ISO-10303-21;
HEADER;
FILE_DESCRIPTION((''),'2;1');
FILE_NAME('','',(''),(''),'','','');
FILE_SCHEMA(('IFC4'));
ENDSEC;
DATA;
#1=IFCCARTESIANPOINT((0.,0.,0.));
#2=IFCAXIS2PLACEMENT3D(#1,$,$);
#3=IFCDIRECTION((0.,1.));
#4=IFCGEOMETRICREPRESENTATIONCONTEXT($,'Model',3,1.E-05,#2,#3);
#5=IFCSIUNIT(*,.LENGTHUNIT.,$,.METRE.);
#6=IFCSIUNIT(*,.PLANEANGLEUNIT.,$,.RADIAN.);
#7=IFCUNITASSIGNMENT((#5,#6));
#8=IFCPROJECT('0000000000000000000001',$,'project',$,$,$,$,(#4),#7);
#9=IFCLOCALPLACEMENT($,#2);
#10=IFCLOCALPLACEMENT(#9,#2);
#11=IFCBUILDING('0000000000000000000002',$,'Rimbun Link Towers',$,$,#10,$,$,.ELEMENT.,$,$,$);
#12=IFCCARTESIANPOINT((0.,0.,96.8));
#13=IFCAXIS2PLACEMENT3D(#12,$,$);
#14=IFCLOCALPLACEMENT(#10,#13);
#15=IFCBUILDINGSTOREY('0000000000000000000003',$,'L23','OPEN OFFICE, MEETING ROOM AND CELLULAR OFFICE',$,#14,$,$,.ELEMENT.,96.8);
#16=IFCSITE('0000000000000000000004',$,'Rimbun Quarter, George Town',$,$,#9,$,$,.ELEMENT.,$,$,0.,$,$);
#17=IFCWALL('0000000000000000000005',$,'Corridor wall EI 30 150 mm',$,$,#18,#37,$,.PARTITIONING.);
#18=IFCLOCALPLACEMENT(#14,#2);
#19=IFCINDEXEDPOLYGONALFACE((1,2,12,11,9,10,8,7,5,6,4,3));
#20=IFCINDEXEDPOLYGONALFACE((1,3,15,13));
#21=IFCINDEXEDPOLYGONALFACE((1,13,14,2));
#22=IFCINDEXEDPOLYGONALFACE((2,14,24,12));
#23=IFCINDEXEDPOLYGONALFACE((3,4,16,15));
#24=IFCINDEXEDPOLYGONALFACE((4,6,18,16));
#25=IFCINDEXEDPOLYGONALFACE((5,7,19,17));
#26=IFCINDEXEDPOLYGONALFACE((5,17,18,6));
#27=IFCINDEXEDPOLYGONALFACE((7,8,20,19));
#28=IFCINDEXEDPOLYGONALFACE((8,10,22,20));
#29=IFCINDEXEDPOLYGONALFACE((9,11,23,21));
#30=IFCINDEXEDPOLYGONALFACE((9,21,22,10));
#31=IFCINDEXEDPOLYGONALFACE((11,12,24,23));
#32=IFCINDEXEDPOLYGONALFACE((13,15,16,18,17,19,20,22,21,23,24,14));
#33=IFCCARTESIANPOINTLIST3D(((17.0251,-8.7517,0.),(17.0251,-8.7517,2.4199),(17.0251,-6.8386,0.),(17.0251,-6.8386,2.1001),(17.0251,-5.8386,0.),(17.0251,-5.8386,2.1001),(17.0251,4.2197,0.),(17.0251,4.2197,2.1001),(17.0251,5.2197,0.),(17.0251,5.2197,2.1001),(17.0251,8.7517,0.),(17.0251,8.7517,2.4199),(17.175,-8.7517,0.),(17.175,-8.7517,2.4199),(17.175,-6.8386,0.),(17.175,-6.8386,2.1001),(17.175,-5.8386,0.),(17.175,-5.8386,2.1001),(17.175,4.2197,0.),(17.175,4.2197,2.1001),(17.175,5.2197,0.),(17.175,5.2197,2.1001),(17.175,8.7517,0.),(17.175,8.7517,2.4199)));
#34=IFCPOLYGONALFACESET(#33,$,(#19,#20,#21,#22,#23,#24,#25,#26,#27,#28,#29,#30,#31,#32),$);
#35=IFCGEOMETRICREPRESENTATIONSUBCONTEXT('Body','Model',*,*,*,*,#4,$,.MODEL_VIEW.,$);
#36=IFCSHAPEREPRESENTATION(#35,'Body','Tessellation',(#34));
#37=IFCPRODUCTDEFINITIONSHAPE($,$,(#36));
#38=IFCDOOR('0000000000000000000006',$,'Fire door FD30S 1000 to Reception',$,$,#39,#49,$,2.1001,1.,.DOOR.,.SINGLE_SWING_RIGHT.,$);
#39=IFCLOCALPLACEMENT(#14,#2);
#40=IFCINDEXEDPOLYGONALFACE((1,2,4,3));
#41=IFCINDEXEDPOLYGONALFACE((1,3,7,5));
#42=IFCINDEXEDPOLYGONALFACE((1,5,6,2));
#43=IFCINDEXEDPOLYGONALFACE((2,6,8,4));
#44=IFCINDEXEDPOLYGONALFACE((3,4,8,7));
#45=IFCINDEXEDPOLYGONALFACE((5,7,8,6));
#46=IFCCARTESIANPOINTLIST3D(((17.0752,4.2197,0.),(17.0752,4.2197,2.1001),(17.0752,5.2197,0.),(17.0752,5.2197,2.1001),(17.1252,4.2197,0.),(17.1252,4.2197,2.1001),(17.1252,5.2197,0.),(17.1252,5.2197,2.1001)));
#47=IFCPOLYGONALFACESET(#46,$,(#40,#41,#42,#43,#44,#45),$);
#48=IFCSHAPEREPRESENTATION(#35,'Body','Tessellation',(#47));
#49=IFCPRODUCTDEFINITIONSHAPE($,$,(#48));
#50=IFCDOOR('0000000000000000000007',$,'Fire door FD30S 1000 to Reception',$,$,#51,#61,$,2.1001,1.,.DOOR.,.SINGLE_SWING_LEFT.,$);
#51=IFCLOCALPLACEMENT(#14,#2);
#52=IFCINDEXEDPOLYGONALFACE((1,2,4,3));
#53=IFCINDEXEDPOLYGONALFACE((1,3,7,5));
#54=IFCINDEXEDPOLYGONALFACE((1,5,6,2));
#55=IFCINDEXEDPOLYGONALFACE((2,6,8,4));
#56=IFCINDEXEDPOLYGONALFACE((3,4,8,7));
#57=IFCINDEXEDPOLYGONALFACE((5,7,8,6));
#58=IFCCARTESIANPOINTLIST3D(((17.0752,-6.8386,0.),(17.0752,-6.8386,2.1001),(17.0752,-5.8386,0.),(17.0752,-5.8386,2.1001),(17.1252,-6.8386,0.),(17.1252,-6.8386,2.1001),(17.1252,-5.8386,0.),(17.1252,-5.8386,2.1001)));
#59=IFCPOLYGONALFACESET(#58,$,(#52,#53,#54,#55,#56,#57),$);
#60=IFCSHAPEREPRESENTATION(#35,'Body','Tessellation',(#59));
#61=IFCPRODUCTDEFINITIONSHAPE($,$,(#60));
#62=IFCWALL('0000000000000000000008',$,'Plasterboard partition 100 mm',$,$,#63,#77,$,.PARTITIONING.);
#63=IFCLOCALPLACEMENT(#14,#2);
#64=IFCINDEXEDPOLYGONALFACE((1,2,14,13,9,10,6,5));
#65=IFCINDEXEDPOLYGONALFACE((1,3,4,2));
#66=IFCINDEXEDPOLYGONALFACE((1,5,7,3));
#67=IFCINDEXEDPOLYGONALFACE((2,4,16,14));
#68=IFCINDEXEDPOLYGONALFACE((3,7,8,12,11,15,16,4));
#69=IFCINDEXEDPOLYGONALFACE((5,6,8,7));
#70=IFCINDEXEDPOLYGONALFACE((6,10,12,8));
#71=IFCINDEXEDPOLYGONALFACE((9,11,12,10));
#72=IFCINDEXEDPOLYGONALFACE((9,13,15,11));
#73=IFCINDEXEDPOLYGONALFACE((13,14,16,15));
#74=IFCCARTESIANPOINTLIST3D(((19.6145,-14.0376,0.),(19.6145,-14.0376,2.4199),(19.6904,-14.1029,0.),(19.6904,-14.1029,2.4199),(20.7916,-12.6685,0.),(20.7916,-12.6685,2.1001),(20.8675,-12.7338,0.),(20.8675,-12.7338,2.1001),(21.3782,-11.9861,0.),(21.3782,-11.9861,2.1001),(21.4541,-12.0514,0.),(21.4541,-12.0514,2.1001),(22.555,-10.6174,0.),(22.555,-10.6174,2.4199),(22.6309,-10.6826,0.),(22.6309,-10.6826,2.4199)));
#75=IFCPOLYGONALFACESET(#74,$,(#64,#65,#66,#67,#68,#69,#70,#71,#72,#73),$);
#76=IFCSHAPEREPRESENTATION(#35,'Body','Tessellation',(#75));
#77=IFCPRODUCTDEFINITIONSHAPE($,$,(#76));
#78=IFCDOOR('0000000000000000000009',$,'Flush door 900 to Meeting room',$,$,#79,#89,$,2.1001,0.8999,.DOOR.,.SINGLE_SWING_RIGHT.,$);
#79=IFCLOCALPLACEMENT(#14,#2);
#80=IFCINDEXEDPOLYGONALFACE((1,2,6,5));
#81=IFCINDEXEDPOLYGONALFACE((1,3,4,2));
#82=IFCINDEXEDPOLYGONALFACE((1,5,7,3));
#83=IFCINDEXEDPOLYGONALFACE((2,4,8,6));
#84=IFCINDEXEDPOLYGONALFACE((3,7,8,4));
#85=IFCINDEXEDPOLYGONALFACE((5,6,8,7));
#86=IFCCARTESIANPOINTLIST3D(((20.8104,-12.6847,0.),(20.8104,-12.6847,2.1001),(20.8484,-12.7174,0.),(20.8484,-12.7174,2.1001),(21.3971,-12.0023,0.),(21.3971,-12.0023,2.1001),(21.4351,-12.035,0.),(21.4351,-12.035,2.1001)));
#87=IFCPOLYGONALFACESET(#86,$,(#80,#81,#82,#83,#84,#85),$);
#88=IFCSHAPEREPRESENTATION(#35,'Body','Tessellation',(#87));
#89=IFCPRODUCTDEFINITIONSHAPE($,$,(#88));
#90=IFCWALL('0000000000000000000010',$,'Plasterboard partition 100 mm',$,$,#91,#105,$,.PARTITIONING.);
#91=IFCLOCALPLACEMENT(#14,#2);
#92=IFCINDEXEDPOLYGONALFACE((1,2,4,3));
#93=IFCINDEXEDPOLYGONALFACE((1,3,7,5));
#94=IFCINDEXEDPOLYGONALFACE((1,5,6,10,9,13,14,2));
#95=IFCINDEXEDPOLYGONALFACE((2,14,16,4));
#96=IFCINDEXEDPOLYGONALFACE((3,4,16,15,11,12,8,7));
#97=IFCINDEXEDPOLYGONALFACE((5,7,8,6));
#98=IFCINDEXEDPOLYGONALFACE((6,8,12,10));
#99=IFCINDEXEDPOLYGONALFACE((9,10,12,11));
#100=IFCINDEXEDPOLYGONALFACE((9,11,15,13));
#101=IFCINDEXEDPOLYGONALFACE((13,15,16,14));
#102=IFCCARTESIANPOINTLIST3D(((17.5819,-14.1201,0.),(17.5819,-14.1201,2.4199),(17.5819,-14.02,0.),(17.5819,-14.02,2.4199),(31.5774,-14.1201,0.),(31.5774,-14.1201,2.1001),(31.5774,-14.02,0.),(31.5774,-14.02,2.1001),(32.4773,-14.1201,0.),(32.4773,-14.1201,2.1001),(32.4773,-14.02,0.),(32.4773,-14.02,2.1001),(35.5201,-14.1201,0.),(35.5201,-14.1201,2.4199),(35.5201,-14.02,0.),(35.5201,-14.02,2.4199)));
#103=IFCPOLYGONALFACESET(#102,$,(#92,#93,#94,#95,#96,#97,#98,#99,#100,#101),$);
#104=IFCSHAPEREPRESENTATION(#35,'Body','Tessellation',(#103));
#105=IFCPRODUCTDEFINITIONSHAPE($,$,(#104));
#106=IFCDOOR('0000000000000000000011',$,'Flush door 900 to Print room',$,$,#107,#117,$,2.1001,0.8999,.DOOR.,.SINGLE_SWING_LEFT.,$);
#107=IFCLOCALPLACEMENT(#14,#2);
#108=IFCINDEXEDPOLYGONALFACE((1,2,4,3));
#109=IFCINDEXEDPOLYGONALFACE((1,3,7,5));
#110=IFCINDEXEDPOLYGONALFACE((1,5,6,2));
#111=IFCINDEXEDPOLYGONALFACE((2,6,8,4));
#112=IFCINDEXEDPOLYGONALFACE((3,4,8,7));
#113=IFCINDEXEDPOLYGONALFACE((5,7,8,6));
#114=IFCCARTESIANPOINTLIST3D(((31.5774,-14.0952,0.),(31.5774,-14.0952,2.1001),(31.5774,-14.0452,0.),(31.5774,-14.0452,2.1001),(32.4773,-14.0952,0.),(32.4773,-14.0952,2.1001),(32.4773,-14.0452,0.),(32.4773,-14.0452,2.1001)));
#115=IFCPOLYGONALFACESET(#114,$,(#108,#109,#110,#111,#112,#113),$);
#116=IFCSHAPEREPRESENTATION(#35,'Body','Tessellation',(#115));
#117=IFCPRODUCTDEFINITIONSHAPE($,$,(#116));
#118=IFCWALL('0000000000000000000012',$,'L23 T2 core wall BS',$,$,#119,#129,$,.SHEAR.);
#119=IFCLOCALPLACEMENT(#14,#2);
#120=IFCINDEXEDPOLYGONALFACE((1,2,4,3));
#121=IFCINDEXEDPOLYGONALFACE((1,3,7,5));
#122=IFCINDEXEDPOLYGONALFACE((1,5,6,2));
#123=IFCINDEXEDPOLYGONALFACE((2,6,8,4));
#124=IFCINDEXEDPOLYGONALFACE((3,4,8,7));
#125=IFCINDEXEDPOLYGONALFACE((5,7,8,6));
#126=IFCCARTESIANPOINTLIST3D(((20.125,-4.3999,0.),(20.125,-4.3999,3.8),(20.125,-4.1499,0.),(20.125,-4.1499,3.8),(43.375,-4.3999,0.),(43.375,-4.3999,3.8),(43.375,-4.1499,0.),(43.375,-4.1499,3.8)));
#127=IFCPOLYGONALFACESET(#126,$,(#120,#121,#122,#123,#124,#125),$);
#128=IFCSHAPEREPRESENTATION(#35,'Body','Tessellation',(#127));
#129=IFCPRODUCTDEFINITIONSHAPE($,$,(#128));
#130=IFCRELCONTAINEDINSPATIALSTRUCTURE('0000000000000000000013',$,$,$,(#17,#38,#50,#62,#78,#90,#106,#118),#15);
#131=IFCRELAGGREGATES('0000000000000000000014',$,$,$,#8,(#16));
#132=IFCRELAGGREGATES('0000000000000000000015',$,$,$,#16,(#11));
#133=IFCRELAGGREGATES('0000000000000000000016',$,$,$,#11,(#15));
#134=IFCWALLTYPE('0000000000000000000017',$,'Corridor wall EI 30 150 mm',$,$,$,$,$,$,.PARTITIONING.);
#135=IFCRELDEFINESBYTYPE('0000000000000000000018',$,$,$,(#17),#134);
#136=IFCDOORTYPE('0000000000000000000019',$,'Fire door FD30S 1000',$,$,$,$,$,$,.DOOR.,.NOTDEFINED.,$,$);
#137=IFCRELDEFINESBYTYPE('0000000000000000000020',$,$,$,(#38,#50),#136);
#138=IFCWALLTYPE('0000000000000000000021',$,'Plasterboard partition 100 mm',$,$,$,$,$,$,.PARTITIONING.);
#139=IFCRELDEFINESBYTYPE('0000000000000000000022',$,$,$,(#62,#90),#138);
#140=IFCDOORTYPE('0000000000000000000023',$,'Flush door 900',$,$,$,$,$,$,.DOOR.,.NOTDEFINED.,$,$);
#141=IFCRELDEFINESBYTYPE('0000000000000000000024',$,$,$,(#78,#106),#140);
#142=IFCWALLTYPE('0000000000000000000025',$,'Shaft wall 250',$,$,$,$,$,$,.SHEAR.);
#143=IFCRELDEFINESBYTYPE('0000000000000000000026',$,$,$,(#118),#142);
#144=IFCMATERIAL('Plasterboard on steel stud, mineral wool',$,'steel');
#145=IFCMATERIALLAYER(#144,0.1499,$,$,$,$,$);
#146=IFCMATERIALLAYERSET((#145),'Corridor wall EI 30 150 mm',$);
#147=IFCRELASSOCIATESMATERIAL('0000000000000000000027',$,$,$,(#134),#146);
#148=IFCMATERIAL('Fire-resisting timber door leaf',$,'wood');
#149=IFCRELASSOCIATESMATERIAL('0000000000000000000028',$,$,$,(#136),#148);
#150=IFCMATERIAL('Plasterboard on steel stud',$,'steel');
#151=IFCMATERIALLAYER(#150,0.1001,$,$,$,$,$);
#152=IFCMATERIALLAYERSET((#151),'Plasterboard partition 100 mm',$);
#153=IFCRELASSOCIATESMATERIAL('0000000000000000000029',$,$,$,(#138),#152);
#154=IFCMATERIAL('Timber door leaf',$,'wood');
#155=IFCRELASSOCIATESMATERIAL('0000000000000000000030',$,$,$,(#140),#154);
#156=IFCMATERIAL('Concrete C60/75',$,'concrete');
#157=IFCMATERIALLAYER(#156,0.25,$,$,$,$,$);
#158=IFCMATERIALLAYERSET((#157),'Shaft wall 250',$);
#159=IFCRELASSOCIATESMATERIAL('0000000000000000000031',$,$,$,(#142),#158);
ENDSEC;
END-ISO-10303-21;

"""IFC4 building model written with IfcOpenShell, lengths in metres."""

from ifc_helpers import new_model, si_unit, direction, frame, frame_2d, origin, place, context, subcontext, project, spatial, rectangle, extrude, material, layer, layer_set, type_object, element, fill, save


model = new_model("IFC4")

# Units and contexts
model_context = context("Model", 3, precision=1e-05, world=origin(), true_north=direction((0.0, 1.0)))
body_context = subcontext(model_context, "Body", "Model", "MODEL_VIEW")
ifc_project = project(units=[si_unit("LENGTHUNIT", "METRE"), si_unit("PLANEANGLEUNIT", "RADIAN")], contexts=[model_context])

# Site, building, storey
site_placement = place(None, origin())
site = spatial("IfcSite", under=ifc_project, at=site_placement, Name="Rimbun Quarter, George Town", CompositionType="ELEMENT", RefElevation=0.0)
building_placement = place(site_placement, origin())
building = spatial("IfcBuilding", under=site, at=building_placement, Name="Rimbun Link Towers", CompositionType="ELEMENT")
storey_placement = place(building_placement, frame((0.0, 0.0, 96.8)))
storey = spatial("IfcBuildingStorey", under=building, at=storey_placement, Name="L23", Description="OPEN OFFICE, MEETING ROOM AND CELLULAR OFFICE", CompositionType="ELEMENT", Elevation=96.8)

# Shared definitions
ifc_material_1 = material(Name="Plasterboard on steel stud, mineral wool", Category="steel")
ifc_layer_1 = layer(ifc_material_1, 0.1499)
ifc_layer_set_1 = layer_set([ifc_layer_1], Name="Corridor wall EI 30 150 mm")
wall_type_1 = type_object("IfcWallType", Name="Corridor wall EI 30 150 mm", PredefinedType="PARTITIONING", material=ifc_layer_set_1)

# Wall, openings, doors
wall_1_placement = place(storey_placement, frame((17.1001, -8.7517, 0.0), z_axis=(0.0, 0.0, 1.0), x_axis=(0.0, 1.0, 0.0)))
wall_1 = element("IfcWall", 1, at=wall_1_placement, inside=storey, type_object=wall_type_1, Name="Corridor wall EI 30 150 mm", PredefinedType="PARTITIONING", context=body_context, shape_type="SweptSolid", body=[
    extrude(rectangle(XDim=17.5034, YDim=0.1499, at=frame_2d((8.7517, 0.0))), origin(), (0.0, 0.0, 1.0), 2.4199),
])
opening_1_placement = place(wall_1_placement, frame((12.9714, 0.0, 0.0)))
opening_1 = element("IfcOpeningElement", 2, at=opening_1_placement, cuts=wall_1, PredefinedType="OPENING", context=body_context, shape_type="SweptSolid", body=[
    extrude(rectangle(XDim=1.0, YDim=2.1001, at=frame_2d((0.5, 1.05))), frame((0.0, 0.085, 0.0), z_axis=(0.0, -1.0, 0.0), x_axis=(1.0, 0.0, 0.0)), (0.0, 0.0, 1.0), 0.1699),
])
opening_2_placement = place(wall_1_placement, frame((1.9131, 0.0, 0.0)))
opening_2 = element("IfcOpeningElement", 3, at=opening_2_placement, cuts=wall_1, PredefinedType="OPENING", context=body_context, shape_type="SweptSolid", body=[
    extrude(rectangle(XDim=1.0, YDim=2.1001, at=frame_2d((0.5, 1.05))), frame((0.0, 0.085, 0.0), z_axis=(0.0, -1.0, 0.0), x_axis=(1.0, 0.0, 0.0)), (0.0, 0.0, 1.0), 0.1699),
])
ifc_material_2 = material(Name="Fire-resisting timber door leaf", Category="wood")
door_type_1 = type_object("IfcDoorType", Name="Fire door FD30S 1000", OperationType="NOTDEFINED", PredefinedType="DOOR", material=ifc_material_2)
door_1_placement = place(opening_1_placement, origin())
door_1 = element("IfcDoor", 4, at=door_1_placement, inside=storey, type_object=door_type_1, Name="Fire door FD30S 1000 to Reception", OperationType="SINGLE_SWING_RIGHT", OverallHeight=2.1001, OverallWidth=1.0, PredefinedType="DOOR", context=body_context, shape_type="SweptSolid", body=[
    extrude(rectangle(XDim=1.0, YDim=2.1001, at=frame_2d((0.5, 1.05))), frame((0.0, 0.0249, 0.0), z_axis=(0.0, -1.0, 0.0), x_axis=(1.0, 0.0, 0.0)), (0.0, 0.0, 1.0), 0.05),
])
fill(opening_1, door_1)
door_2_placement = place(opening_2_placement, origin())
door_2 = element("IfcDoor", 5, at=door_2_placement, inside=storey, type_object=door_type_1, Name="Fire door FD30S 1000 to Reception", OperationType="SINGLE_SWING_LEFT", OverallHeight=2.1001, OverallWidth=1.0, PredefinedType="DOOR", context=body_context, shape_type="SweptSolid", body=[
    extrude(rectangle(XDim=1.0, YDim=2.1001, at=frame_2d((0.5, 1.05))), frame((0.0, 0.0249, 0.0), z_axis=(0.0, -1.0, 0.0), x_axis=(1.0, 0.0, 0.0)), (0.0, 0.0, 1.0), 0.05),
])
fill(opening_2, door_2)

# Walls, openings, doors
ifc_material_3 = material(Name="Plasterboard on steel stud", Category="steel")
ifc_layer_2 = layer(ifc_material_3, 0.1001)
ifc_layer_set_2 = layer_set([ifc_layer_2], Name="Plasterboard partition 100 mm")
wall_type_2 = type_object("IfcWallType", Name="Plasterboard partition 100 mm", PredefinedType="PARTITIONING", material=ifc_layer_set_2)
wall_2_placement = place(storey_placement, frame((22.593, -10.6499, 0.0), z_axis=(0.0, 0.0, 1.0), x_axis=(-0.651923, -0.758285, 0.0)))
wall_2 = element("IfcWall", 6, at=wall_2_placement, inside=storey, type_object=wall_type_2, Name="Plasterboard partition 100 mm", PredefinedType="PARTITIONING", context=body_context, shape_type="SweptSolid", body=[
    extrude(rectangle(XDim=4.5105, YDim=0.1001, at=frame_2d((2.2554, 0.0))), origin(), (0.0, 0.0, 1.0), 2.4199),
])
opening_3_placement = place(wall_2_placement, frame((1.8052, 0.0, 0.0)))
opening_3 = element("IfcOpeningElement", 7, at=opening_3_placement, cuts=wall_2, PredefinedType="OPENING", context=body_context, shape_type="SweptSolid", body=[
    extrude(rectangle(XDim=0.8999, YDim=2.1001, at=frame_2d((0.45, 1.05))), frame((0.0, 0.0601, 0.0), z_axis=(0.0, -1.0, 0.0), x_axis=(1.0, 0.0, 0.0)), (0.0, 0.0, 1.0), 0.1201),
])
ifc_material_4 = material(Name="Timber door leaf", Category="wood")
door_type_2 = type_object("IfcDoorType", Name="Flush door 900", OperationType="NOTDEFINED", PredefinedType="DOOR", material=ifc_material_4)
door_3_placement = place(opening_3_placement, origin())
door_3 = element("IfcDoor", 8, at=door_3_placement, inside=storey, type_object=door_type_2, Name="Flush door 900 to Meeting room", OperationType="SINGLE_SWING_RIGHT", OverallHeight=2.1001, OverallWidth=0.8999, PredefinedType="DOOR", context=body_context, shape_type="SweptSolid", body=[
    extrude(rectangle(XDim=0.8999, YDim=2.1001, at=frame_2d((0.45, 1.05))), frame((0.0, 0.0249, 0.0), z_axis=(0.0, -1.0, 0.0), x_axis=(1.0, 0.0, 0.0)), (0.0, 0.0, 1.0), 0.05),
])
fill(opening_3, door_3)
wall_3_placement = place(storey_placement, frame((17.5818, -14.0701, 0.0), z_axis=(0.0, 0.0, 1.0), x_axis=(1.0, 0.0, 0.0)))
wall_3 = element("IfcWall", 9, at=wall_3_placement, inside=storey, type_object=wall_type_2, Name="Plasterboard partition 100 mm", PredefinedType="PARTITIONING", context=body_context, shape_type="SweptSolid", body=[
    extrude(rectangle(XDim=17.9382, YDim=0.1001, at=frame_2d((8.9692, 0.0))), origin(), (0.0, 0.0, 1.0), 2.4199),
])
opening_4_placement = place(wall_3_placement, frame((13.9956, 0.0, 0.0)))
opening_4 = element("IfcOpeningElement", 10, at=opening_4_placement, cuts=wall_3, PredefinedType="OPENING", context=body_context, shape_type="SweptSolid", body=[
    extrude(rectangle(XDim=0.8999, YDim=2.1001, at=frame_2d((0.45, 1.05))), frame((0.0, 0.0601, 0.0), z_axis=(0.0, -1.0, 0.0), x_axis=(1.0, 0.0, 0.0)), (0.0, 0.0, 1.0), 0.1201),
])
door_4_placement = place(opening_4_placement, origin())
door_4 = element("IfcDoor", 11, at=door_4_placement, inside=storey, type_object=door_type_2, Name="Flush door 900 to Print room", OperationType="SINGLE_SWING_LEFT", OverallHeight=2.1001, OverallWidth=0.8999, PredefinedType="DOOR", context=body_context, shape_type="SweptSolid", body=[
    extrude(rectangle(XDim=0.8999, YDim=2.1001, at=frame_2d((0.45, 1.05))), frame((0.0, 0.0249, 0.0), z_axis=(0.0, -1.0, 0.0), x_axis=(1.0, 0.0, 0.0)), (0.0, 0.0, 1.0), 0.05),
])
fill(opening_4, door_4)

# Wall
ifc_material_5 = material(Name="Concrete C60/75", Category="concrete")
ifc_layer_3 = layer(ifc_material_5, 0.25)
ifc_layer_set_3 = layer_set([ifc_layer_3], Name="Shaft wall 250")
wall_type_3 = type_object("IfcWallType", Name="Shaft wall 250", PredefinedType="SHEAR", material=ifc_layer_set_3)
wall_4_placement = place(storey_placement, frame((20.125, -4.2749, 0.0), z_axis=(0.0, 0.0, 1.0), x_axis=(1.0, 0.0, 0.0)))
element("IfcWall", 12, at=wall_4_placement, inside=storey, type_object=wall_type_3, Name="L23 T2 core wall BS", PredefinedType="SHEAR", context=body_context, shape_type="SweptSolid", body=[
    extrude(rectangle(XDim=23.25, YDim=0.25, at=frame_2d((11.625, 0.0))), origin(), (0.0, 0.0, 1.0), 3.8),
])

save(model, "model.ifc")
